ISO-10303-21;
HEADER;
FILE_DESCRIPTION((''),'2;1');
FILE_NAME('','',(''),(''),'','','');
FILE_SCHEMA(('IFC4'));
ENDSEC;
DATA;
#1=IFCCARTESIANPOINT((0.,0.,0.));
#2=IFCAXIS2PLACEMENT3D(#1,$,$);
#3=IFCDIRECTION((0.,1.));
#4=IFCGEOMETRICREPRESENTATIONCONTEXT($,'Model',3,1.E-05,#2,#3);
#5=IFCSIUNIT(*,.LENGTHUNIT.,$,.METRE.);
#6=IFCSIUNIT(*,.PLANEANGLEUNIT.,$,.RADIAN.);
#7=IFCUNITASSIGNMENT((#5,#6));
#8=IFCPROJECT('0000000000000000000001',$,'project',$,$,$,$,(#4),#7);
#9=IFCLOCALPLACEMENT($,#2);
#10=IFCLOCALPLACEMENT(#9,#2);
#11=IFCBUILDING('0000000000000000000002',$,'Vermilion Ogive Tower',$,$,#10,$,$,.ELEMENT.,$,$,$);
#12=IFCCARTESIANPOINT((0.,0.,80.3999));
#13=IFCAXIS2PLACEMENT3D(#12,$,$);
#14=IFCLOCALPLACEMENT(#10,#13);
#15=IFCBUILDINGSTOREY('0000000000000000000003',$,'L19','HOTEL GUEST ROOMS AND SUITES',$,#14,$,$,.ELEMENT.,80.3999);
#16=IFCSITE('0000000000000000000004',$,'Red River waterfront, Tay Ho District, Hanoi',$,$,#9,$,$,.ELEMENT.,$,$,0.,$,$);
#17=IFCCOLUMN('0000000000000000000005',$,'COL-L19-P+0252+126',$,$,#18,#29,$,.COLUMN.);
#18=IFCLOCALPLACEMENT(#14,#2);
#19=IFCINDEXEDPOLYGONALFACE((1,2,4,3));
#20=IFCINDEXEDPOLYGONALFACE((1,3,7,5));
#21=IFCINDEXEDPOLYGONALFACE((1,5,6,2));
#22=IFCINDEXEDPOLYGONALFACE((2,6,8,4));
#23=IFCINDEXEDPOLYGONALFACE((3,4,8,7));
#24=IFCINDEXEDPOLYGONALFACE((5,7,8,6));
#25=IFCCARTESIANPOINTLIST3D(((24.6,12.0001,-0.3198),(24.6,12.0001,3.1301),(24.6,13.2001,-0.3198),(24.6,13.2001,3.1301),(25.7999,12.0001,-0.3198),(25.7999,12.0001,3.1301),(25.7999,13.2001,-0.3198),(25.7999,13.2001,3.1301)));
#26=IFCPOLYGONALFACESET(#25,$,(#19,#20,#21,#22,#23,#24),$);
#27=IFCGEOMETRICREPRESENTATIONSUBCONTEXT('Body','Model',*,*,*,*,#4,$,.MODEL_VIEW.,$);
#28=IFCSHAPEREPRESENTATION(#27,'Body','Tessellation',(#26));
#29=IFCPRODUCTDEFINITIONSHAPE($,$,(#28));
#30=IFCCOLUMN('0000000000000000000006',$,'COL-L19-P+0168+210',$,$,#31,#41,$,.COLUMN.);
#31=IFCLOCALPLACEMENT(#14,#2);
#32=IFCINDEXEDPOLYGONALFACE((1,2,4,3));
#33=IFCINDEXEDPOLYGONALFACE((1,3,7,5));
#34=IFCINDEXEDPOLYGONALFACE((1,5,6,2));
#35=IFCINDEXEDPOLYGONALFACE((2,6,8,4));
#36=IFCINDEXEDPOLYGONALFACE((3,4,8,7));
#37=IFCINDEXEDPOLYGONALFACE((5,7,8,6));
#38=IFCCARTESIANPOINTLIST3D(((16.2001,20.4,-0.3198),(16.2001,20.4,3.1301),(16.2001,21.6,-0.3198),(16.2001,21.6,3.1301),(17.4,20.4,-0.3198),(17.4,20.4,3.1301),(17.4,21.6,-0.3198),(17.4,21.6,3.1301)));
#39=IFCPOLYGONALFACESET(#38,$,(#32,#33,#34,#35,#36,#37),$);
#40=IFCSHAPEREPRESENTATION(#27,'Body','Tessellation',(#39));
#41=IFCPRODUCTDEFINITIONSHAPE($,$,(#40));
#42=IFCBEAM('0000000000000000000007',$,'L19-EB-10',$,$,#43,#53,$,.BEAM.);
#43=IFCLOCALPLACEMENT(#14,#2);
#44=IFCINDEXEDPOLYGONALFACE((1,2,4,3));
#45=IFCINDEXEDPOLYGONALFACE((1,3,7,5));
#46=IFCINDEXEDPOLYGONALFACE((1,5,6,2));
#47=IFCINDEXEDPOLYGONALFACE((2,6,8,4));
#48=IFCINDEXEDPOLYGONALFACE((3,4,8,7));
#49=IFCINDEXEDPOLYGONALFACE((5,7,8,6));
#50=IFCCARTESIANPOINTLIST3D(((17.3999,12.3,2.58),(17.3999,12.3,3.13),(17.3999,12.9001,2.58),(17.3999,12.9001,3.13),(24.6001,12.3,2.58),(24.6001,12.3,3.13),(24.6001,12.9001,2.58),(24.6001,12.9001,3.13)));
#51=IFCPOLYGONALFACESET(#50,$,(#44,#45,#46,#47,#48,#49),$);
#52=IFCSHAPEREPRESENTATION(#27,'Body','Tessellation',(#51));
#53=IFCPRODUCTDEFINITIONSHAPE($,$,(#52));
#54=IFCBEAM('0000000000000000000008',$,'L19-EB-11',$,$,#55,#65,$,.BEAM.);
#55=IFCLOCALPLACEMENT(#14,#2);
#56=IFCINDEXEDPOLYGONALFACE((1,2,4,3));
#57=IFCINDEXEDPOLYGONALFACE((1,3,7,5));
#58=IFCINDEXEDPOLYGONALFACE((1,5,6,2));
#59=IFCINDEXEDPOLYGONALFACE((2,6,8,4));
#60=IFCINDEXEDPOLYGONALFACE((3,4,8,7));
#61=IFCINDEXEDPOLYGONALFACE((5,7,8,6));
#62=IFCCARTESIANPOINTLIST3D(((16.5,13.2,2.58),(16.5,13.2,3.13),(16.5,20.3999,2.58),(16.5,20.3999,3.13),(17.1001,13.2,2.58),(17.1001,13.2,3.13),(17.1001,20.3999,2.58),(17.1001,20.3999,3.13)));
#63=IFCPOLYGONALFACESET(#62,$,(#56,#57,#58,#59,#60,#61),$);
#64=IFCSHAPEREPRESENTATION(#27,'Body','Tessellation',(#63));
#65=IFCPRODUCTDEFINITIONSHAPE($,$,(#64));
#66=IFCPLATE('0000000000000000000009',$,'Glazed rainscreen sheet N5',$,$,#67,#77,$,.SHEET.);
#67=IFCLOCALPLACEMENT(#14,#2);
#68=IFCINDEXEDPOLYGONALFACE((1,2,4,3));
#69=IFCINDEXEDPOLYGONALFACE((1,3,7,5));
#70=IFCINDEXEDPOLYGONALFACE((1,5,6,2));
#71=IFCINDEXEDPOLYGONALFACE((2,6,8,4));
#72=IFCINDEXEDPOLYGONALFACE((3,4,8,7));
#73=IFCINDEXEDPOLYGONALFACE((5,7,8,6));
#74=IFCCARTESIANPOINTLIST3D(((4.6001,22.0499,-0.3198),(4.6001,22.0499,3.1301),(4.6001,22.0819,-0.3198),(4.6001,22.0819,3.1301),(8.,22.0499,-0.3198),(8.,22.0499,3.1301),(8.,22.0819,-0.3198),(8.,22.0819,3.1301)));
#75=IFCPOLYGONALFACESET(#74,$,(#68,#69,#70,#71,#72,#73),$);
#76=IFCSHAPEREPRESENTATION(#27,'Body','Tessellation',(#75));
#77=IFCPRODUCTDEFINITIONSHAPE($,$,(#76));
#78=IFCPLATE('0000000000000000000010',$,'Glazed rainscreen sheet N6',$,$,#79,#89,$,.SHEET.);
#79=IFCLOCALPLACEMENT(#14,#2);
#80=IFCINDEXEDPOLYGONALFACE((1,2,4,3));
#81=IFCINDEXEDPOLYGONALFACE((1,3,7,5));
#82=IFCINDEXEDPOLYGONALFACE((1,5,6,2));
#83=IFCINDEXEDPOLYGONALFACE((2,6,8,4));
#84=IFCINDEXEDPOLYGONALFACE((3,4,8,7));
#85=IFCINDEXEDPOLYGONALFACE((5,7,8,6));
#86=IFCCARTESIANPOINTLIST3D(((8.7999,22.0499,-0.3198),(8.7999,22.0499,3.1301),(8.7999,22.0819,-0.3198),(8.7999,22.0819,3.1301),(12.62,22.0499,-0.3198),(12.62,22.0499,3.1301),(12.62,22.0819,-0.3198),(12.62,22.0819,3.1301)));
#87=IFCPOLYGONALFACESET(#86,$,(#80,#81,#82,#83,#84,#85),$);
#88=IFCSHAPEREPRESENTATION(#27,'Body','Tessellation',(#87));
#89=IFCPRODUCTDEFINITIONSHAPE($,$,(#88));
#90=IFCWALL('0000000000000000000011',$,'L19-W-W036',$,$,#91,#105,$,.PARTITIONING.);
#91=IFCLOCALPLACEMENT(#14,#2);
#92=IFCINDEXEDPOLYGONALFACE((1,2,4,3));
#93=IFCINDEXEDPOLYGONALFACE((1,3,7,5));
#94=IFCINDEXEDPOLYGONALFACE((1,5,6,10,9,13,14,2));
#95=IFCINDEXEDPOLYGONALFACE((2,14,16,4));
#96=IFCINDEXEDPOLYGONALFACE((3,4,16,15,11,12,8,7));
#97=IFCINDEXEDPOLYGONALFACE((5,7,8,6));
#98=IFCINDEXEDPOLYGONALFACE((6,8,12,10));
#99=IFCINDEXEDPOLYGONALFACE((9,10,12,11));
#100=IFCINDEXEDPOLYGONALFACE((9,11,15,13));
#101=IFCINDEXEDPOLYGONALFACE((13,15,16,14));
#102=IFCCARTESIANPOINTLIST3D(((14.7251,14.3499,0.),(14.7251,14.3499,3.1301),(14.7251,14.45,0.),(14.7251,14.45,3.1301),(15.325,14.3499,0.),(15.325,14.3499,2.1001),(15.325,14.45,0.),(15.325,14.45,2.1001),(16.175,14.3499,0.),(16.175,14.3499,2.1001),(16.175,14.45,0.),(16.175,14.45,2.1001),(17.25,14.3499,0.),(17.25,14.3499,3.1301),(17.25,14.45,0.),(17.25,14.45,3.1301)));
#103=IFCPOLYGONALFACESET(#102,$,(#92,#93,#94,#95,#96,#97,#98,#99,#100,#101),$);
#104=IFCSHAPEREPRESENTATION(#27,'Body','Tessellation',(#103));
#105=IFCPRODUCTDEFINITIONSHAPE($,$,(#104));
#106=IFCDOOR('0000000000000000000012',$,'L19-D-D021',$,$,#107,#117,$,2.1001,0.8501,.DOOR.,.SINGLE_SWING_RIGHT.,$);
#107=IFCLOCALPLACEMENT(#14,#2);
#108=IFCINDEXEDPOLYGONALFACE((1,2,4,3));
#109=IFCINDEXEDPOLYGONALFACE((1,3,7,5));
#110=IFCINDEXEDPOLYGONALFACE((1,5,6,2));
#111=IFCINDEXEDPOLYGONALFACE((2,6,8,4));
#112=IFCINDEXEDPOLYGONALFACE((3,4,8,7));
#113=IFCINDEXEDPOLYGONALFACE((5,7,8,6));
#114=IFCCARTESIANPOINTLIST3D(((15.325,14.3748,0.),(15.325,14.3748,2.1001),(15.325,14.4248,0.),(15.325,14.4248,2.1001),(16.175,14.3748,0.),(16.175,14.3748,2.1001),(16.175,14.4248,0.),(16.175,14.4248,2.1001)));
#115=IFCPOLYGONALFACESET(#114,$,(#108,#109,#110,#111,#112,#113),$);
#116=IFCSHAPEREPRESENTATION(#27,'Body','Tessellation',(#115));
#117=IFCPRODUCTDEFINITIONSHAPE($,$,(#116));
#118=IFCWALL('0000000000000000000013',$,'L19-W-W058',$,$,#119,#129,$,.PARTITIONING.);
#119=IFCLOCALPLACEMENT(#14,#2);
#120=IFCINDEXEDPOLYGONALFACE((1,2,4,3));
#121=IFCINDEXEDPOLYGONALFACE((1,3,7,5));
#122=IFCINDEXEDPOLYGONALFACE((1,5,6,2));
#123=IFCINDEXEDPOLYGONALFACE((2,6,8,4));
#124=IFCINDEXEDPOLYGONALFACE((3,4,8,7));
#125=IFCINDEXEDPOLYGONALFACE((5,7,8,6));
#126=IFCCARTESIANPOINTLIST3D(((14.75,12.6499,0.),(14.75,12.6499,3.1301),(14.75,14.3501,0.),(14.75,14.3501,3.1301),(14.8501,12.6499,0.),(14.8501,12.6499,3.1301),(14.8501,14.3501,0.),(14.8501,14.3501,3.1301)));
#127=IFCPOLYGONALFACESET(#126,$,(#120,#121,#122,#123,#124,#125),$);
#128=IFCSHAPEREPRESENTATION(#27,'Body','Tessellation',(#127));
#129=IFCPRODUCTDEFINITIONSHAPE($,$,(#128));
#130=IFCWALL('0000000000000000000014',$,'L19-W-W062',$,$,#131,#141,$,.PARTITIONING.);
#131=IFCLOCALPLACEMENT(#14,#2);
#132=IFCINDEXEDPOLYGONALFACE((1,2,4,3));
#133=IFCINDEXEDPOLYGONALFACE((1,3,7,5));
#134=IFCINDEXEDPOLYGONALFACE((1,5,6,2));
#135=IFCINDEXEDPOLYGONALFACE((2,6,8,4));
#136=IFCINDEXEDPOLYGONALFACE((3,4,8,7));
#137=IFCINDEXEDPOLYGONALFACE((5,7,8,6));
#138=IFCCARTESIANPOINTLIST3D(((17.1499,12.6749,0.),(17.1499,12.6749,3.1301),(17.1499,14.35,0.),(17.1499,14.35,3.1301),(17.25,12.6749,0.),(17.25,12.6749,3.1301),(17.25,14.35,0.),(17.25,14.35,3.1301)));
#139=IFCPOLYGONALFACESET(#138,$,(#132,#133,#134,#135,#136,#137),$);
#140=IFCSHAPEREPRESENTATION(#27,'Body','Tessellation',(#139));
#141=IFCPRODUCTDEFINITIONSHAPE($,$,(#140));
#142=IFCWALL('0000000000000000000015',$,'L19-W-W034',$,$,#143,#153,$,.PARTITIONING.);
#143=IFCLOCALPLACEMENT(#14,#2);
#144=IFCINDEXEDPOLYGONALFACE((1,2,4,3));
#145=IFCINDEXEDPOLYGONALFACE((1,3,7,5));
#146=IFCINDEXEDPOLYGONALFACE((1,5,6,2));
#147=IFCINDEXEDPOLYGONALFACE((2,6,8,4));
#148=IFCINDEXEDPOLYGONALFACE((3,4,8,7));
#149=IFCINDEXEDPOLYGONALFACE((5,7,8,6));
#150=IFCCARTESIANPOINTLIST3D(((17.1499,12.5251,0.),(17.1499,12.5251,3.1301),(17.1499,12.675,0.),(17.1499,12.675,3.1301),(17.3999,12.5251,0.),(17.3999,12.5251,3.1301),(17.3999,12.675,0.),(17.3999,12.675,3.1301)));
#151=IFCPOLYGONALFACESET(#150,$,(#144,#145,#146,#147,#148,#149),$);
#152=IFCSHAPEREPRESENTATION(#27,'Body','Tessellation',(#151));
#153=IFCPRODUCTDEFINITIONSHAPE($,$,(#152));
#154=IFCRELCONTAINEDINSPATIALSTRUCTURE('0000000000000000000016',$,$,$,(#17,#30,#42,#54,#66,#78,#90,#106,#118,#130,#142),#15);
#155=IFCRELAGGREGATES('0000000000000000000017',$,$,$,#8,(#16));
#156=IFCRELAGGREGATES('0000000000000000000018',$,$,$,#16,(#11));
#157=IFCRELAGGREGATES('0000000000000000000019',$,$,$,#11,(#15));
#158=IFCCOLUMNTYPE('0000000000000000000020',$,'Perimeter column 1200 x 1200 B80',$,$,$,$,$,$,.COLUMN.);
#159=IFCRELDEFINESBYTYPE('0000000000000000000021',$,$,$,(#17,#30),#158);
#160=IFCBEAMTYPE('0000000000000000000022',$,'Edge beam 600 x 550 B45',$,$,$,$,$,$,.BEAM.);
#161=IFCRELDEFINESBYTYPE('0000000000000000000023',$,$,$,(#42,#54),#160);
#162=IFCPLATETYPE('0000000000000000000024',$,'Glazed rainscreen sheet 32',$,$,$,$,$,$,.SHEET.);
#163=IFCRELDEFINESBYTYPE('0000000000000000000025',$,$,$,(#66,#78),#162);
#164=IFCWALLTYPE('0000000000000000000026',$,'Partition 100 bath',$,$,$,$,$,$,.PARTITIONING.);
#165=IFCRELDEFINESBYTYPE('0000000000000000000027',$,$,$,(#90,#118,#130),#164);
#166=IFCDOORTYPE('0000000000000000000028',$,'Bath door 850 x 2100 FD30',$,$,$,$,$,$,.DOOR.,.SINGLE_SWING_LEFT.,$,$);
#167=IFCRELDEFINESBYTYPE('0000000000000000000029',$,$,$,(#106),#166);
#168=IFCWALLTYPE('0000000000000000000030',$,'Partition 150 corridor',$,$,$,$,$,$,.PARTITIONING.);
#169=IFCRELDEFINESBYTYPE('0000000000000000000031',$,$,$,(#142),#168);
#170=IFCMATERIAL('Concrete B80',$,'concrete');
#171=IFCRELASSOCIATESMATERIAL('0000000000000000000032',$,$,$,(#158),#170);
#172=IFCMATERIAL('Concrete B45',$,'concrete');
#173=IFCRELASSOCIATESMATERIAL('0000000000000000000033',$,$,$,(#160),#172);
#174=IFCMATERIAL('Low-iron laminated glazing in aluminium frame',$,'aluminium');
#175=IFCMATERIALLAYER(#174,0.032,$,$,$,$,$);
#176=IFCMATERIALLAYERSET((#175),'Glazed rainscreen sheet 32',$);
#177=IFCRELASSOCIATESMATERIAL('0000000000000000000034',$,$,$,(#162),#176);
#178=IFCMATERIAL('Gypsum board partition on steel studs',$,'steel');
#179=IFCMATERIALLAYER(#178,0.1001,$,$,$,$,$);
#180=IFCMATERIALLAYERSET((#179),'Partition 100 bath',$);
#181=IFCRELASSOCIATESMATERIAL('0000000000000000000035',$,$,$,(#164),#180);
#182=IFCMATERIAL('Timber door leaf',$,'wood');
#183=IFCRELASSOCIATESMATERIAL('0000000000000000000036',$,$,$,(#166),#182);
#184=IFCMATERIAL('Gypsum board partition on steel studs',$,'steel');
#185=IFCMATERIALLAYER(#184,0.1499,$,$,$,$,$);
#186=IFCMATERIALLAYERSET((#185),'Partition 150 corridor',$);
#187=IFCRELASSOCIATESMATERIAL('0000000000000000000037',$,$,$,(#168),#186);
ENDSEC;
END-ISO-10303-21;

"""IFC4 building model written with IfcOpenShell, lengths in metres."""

from ifc_helpers import new_model, si_unit, direction, frame, frame_2d, origin, origin_2d, place, context, subcontext, project, spatial, rectangle, extrude, material, layer, layer_set, material_profile, profile_set, type_object, element, fill, save


model = new_model("IFC4")

# Units and contexts
model_context = context("Model", 3, precision=1e-05, world=origin(), true_north=direction((0.0, 1.0)))
body_context = subcontext(model_context, "Body", "Model", "MODEL_VIEW")
ifc_project = project(units=[si_unit("LENGTHUNIT", "METRE"), si_unit("PLANEANGLEUNIT", "RADIAN")], contexts=[model_context])

# Site, building, storey
site_placement = place(None, origin())
site = spatial("IfcSite", under=ifc_project, at=site_placement, Name="Red River waterfront, Tay Ho District, Hanoi", CompositionType="ELEMENT", RefElevation=0.0)
building_placement = place(site_placement, origin())
building = spatial("IfcBuilding", under=site, at=building_placement, Name="Vermilion Ogive Tower", CompositionType="ELEMENT")
storey_placement = place(building_placement, frame((0.0, 0.0, 80.3999)))
storey = spatial("IfcBuildingStorey", under=building, at=storey_placement, Name="L19", Description="HOTEL GUEST ROOMS AND SUITES", CompositionType="ELEMENT", Elevation=80.3999)

# Columns
ifc_material_1 = material(Name="Concrete B80", Category="concrete")
ifc_material_profile_1 = material_profile(ifc_material_1, rectangle(XDim=1.2, YDim=1.2, at=origin_2d()), Name="1200 x 1200")
ifc_profile_set_1 = profile_set([ifc_material_profile_1], Name="Concrete B80")
column_type = type_object("IfcColumnType", Name="Perimeter column 1200 x 1200 B80", PredefinedType="COLUMN", material=ifc_profile_set_1)
for number, where, z_axis, x_axis, name in (
    (1, (25.2, 12.6001, -0.3198), (0.0, 0.0, 1.0), (1.0, 0.0, 0.0), "COL-L19-P+0252+126"),
    (2, (16.8, 21.0, -0.3198), (0.0, 0.0, 1.0), (1.0, 0.0, 0.0), "COL-L19-P+0168+210"),
):
    element("IfcColumn", number, at=place(storey_placement, frame(where, z_axis=z_axis, x_axis=x_axis)), inside=storey, type_object=column_type, Name=name, PredefinedType="COLUMN", context=body_context, shape_type="SweptSolid", body=[
        extrude(rectangle(XDim=1.2, YDim=1.2, at=origin_2d()), origin(), (0.0, 0.0, 1.0), 3.45),
    ])

# Beams
ifc_material_2 = material(Name="Concrete B45", Category="concrete")
ifc_material_profile_2 = material_profile(ifc_material_2, rectangle(XDim=0.6001, YDim=0.55, at=origin_2d()), Name="600 x 550")
ifc_profile_set_2 = profile_set([ifc_material_profile_2], Name="Concrete B45")
beam_type = type_object("IfcBeamType", Name="Edge beam 600 x 550 B45", PredefinedType="BEAM", material=ifc_profile_set_2)
beam_1_placement = place(storey_placement, frame((24.6001, 12.6001, 2.855), z_axis=(-1.0, 0.0, 0.0), x_axis=(0.0, -1.0, 0.0)))
element("IfcBeam", 3, at=beam_1_placement, inside=storey, type_object=beam_type, Name="L19-EB-10", PredefinedType="BEAM", context=body_context, shape_type="SweptSolid", body=[
    extrude(rectangle(XDim=0.6001, YDim=0.55, at=origin_2d()), origin(), (0.0, 0.0, 1.0), 7.2002),
])
beam_2_placement = place(storey_placement, frame((16.8, 13.2, 2.855), z_axis=(0.0, 1.0, 0.0), x_axis=(-1.0, 0.0, 0.0)))
element("IfcBeam", 4, at=beam_2_placement, inside=storey, type_object=beam_type, Name="L19-EB-11", PredefinedType="BEAM", context=body_context, shape_type="SweptSolid", body=[
    extrude(rectangle(XDim=0.6001, YDim=0.55, at=origin_2d()), origin(), (0.0, 0.0, 1.0), 7.2),
])

# Plates
ifc_material_3 = material(Name="Low-iron laminated glazing in aluminium frame", Category="aluminium")
ifc_layer_1 = layer(ifc_material_3, 0.032)
ifc_layer_set_1 = layer_set([ifc_layer_1], Name="Glazed rainscreen sheet 32")
plate_type = type_object("IfcPlateType", Name="Glazed rainscreen sheet 32", PredefinedType="SHEET", material=ifc_layer_set_1)
plate_1_placement = place(storey_placement, frame((6.3, 22.0659, -0.3198), z_axis=(0.0, 0.0, 1.0), x_axis=(1.0, 0.0, 0.0)))
element("IfcPlate", 5, at=plate_1_placement, inside=storey, type_object=plate_type, Name="Glazed rainscreen sheet N5", PredefinedType="SHEET", context=body_context, shape_type="SweptSolid", body=[
    extrude(rectangle(XDim=3.3999, YDim=0.032, at=origin_2d()), origin(), (0.0, 0.0, 1.0), 3.45),
])
plate_2_placement = place(storey_placement, frame((10.71, 22.0659, -0.3198), z_axis=(0.0, 0.0, 1.0), x_axis=(1.0, 0.0, 0.0)))
element("IfcPlate", 6, at=plate_2_placement, inside=storey, type_object=plate_type, Name="Glazed rainscreen sheet N6", PredefinedType="SHEET", context=body_context, shape_type="SweptSolid", body=[
    extrude(rectangle(XDim=3.8201, YDim=0.032, at=origin_2d()), origin(), (0.0, 0.0, 1.0), 3.45),
])

# Wall, opening, door
ifc_material_4 = material(Name="Gypsum board partition on steel studs", Category="steel")
ifc_layer_2 = layer(ifc_material_4, 0.1001)
ifc_layer_set_2 = layer_set([ifc_layer_2], Name="Partition 100 bath")
wall_type_1 = type_object("IfcWallType", Name="Partition 100 bath", PredefinedType="PARTITIONING", material=ifc_layer_set_2)
wall_1_placement = place(storey_placement, frame((14.7251, 14.3999, 0.0), z_axis=(0.0, 0.0, 1.0), x_axis=(1.0, 0.0, 0.0)))
wall_1 = element("IfcWall", 7, at=wall_1_placement, inside=storey, type_object=wall_type_1, Name="L19-W-W036", PredefinedType="PARTITIONING", context=body_context, shape_type="SweptSolid", body=[
    extrude(rectangle(XDim=2.5249, YDim=0.1001, at=frame_2d((1.2625, 0.0))), origin(), (0.0, 0.0, 1.0), 3.1301),
])
opening_1_placement = place(wall_1_placement, frame((0.5999, 0.0, 0.0)))
opening_1 = element("IfcOpeningElement", 8, at=opening_1_placement, cuts=wall_1, PredefinedType="OPENING", context=body_context, shape_type="SweptSolid", body=[
    extrude(rectangle(XDim=0.8501, YDim=2.1001, at=frame_2d((0.425, 1.05))), frame((0.0, 0.0601, 0.0), z_axis=(0.0, -1.0, 0.0), x_axis=(1.0, 0.0, 0.0)), (0.0, 0.0, 1.0), 0.1201),
])
ifc_material_5 = material(Name="Timber door leaf", Category="wood")
door_type_1 = type_object("IfcDoorType", Name="Bath door 850 x 2100 FD30", OperationType="SINGLE_SWING_LEFT", PredefinedType="DOOR", material=ifc_material_5)
door_1_placement = place(opening_1_placement, origin())
door_1 = element("IfcDoor", 9, at=door_1_placement, inside=storey, type_object=door_type_1, Name="L19-D-D021", OperationType="SINGLE_SWING_RIGHT", OverallHeight=2.1001, OverallWidth=0.8501, PredefinedType="DOOR", context=body_context, shape_type="SweptSolid", body=[
    extrude(rectangle(XDim=0.8501, YDim=2.1001, at=frame_2d((0.425, 1.05))), frame((0.0, 0.0249, 0.0), z_axis=(0.0, -1.0, 0.0), x_axis=(1.0, 0.0, 0.0)), (0.0, 0.0, 1.0), 0.05),
])
fill(opening_1, door_1)

# Walls
wall_2_placement = place(storey_placement, frame((14.8, 12.6499, 0.0), z_axis=(0.0, 0.0, 1.0), x_axis=(0.0, 1.0, 0.0)))
element("IfcWall", 10, at=wall_2_placement, inside=storey, type_object=wall_type_1, Name="L19-W-W058", PredefinedType="PARTITIONING", context=body_context, shape_type="SweptSolid", body=[
    extrude(rectangle(XDim=1.7002, YDim=0.1001, at=frame_2d((0.8501, 0.0))), origin(), (0.0, 0.0, 1.0), 3.1301),
])
wall_3_placement = place(storey_placement, frame((17.2, 12.675, 0.0), z_axis=(0.0, 0.0, 1.0), x_axis=(0.0, 1.0, 0.0)))
element("IfcWall", 11, at=wall_3_placement, inside=storey, type_object=wall_type_1, Name="L19-W-W062", PredefinedType="PARTITIONING", context=body_context, shape_type="SweptSolid", body=[
    extrude(rectangle(XDim=1.675, YDim=0.1001, at=frame_2d((0.8374, 0.0))), origin(), (0.0, 0.0, 1.0), 3.1301),
])
ifc_material_6 = material(Name="Gypsum board partition on steel studs", Category="steel")
ifc_layer_3 = layer(ifc_material_6, 0.1499)
ifc_layer_set_3 = layer_set([ifc_layer_3], Name="Partition 150 corridor")
wall_type_2 = type_object("IfcWallType", Name="Partition 150 corridor", PredefinedType="PARTITIONING", material=ifc_layer_set_3)
wall_4_placement = place(storey_placement, frame((17.1499, 12.6001, 0.0), z_axis=(0.0, 0.0, 1.0), x_axis=(1.0, 0.0, 0.0)))
element("IfcWall", 12, at=wall_4_placement, inside=storey, type_object=wall_type_2, Name="L19-W-W034", PredefinedType="PARTITIONING", context=body_context, shape_type="SweptSolid", body=[
    extrude(rectangle(XDim=0.25, YDim=0.1499, at=frame_2d((0.125, 0.0))), origin(), (0.0, 0.0, 1.0), 3.1301),
])

save(model, "model.ifc")
